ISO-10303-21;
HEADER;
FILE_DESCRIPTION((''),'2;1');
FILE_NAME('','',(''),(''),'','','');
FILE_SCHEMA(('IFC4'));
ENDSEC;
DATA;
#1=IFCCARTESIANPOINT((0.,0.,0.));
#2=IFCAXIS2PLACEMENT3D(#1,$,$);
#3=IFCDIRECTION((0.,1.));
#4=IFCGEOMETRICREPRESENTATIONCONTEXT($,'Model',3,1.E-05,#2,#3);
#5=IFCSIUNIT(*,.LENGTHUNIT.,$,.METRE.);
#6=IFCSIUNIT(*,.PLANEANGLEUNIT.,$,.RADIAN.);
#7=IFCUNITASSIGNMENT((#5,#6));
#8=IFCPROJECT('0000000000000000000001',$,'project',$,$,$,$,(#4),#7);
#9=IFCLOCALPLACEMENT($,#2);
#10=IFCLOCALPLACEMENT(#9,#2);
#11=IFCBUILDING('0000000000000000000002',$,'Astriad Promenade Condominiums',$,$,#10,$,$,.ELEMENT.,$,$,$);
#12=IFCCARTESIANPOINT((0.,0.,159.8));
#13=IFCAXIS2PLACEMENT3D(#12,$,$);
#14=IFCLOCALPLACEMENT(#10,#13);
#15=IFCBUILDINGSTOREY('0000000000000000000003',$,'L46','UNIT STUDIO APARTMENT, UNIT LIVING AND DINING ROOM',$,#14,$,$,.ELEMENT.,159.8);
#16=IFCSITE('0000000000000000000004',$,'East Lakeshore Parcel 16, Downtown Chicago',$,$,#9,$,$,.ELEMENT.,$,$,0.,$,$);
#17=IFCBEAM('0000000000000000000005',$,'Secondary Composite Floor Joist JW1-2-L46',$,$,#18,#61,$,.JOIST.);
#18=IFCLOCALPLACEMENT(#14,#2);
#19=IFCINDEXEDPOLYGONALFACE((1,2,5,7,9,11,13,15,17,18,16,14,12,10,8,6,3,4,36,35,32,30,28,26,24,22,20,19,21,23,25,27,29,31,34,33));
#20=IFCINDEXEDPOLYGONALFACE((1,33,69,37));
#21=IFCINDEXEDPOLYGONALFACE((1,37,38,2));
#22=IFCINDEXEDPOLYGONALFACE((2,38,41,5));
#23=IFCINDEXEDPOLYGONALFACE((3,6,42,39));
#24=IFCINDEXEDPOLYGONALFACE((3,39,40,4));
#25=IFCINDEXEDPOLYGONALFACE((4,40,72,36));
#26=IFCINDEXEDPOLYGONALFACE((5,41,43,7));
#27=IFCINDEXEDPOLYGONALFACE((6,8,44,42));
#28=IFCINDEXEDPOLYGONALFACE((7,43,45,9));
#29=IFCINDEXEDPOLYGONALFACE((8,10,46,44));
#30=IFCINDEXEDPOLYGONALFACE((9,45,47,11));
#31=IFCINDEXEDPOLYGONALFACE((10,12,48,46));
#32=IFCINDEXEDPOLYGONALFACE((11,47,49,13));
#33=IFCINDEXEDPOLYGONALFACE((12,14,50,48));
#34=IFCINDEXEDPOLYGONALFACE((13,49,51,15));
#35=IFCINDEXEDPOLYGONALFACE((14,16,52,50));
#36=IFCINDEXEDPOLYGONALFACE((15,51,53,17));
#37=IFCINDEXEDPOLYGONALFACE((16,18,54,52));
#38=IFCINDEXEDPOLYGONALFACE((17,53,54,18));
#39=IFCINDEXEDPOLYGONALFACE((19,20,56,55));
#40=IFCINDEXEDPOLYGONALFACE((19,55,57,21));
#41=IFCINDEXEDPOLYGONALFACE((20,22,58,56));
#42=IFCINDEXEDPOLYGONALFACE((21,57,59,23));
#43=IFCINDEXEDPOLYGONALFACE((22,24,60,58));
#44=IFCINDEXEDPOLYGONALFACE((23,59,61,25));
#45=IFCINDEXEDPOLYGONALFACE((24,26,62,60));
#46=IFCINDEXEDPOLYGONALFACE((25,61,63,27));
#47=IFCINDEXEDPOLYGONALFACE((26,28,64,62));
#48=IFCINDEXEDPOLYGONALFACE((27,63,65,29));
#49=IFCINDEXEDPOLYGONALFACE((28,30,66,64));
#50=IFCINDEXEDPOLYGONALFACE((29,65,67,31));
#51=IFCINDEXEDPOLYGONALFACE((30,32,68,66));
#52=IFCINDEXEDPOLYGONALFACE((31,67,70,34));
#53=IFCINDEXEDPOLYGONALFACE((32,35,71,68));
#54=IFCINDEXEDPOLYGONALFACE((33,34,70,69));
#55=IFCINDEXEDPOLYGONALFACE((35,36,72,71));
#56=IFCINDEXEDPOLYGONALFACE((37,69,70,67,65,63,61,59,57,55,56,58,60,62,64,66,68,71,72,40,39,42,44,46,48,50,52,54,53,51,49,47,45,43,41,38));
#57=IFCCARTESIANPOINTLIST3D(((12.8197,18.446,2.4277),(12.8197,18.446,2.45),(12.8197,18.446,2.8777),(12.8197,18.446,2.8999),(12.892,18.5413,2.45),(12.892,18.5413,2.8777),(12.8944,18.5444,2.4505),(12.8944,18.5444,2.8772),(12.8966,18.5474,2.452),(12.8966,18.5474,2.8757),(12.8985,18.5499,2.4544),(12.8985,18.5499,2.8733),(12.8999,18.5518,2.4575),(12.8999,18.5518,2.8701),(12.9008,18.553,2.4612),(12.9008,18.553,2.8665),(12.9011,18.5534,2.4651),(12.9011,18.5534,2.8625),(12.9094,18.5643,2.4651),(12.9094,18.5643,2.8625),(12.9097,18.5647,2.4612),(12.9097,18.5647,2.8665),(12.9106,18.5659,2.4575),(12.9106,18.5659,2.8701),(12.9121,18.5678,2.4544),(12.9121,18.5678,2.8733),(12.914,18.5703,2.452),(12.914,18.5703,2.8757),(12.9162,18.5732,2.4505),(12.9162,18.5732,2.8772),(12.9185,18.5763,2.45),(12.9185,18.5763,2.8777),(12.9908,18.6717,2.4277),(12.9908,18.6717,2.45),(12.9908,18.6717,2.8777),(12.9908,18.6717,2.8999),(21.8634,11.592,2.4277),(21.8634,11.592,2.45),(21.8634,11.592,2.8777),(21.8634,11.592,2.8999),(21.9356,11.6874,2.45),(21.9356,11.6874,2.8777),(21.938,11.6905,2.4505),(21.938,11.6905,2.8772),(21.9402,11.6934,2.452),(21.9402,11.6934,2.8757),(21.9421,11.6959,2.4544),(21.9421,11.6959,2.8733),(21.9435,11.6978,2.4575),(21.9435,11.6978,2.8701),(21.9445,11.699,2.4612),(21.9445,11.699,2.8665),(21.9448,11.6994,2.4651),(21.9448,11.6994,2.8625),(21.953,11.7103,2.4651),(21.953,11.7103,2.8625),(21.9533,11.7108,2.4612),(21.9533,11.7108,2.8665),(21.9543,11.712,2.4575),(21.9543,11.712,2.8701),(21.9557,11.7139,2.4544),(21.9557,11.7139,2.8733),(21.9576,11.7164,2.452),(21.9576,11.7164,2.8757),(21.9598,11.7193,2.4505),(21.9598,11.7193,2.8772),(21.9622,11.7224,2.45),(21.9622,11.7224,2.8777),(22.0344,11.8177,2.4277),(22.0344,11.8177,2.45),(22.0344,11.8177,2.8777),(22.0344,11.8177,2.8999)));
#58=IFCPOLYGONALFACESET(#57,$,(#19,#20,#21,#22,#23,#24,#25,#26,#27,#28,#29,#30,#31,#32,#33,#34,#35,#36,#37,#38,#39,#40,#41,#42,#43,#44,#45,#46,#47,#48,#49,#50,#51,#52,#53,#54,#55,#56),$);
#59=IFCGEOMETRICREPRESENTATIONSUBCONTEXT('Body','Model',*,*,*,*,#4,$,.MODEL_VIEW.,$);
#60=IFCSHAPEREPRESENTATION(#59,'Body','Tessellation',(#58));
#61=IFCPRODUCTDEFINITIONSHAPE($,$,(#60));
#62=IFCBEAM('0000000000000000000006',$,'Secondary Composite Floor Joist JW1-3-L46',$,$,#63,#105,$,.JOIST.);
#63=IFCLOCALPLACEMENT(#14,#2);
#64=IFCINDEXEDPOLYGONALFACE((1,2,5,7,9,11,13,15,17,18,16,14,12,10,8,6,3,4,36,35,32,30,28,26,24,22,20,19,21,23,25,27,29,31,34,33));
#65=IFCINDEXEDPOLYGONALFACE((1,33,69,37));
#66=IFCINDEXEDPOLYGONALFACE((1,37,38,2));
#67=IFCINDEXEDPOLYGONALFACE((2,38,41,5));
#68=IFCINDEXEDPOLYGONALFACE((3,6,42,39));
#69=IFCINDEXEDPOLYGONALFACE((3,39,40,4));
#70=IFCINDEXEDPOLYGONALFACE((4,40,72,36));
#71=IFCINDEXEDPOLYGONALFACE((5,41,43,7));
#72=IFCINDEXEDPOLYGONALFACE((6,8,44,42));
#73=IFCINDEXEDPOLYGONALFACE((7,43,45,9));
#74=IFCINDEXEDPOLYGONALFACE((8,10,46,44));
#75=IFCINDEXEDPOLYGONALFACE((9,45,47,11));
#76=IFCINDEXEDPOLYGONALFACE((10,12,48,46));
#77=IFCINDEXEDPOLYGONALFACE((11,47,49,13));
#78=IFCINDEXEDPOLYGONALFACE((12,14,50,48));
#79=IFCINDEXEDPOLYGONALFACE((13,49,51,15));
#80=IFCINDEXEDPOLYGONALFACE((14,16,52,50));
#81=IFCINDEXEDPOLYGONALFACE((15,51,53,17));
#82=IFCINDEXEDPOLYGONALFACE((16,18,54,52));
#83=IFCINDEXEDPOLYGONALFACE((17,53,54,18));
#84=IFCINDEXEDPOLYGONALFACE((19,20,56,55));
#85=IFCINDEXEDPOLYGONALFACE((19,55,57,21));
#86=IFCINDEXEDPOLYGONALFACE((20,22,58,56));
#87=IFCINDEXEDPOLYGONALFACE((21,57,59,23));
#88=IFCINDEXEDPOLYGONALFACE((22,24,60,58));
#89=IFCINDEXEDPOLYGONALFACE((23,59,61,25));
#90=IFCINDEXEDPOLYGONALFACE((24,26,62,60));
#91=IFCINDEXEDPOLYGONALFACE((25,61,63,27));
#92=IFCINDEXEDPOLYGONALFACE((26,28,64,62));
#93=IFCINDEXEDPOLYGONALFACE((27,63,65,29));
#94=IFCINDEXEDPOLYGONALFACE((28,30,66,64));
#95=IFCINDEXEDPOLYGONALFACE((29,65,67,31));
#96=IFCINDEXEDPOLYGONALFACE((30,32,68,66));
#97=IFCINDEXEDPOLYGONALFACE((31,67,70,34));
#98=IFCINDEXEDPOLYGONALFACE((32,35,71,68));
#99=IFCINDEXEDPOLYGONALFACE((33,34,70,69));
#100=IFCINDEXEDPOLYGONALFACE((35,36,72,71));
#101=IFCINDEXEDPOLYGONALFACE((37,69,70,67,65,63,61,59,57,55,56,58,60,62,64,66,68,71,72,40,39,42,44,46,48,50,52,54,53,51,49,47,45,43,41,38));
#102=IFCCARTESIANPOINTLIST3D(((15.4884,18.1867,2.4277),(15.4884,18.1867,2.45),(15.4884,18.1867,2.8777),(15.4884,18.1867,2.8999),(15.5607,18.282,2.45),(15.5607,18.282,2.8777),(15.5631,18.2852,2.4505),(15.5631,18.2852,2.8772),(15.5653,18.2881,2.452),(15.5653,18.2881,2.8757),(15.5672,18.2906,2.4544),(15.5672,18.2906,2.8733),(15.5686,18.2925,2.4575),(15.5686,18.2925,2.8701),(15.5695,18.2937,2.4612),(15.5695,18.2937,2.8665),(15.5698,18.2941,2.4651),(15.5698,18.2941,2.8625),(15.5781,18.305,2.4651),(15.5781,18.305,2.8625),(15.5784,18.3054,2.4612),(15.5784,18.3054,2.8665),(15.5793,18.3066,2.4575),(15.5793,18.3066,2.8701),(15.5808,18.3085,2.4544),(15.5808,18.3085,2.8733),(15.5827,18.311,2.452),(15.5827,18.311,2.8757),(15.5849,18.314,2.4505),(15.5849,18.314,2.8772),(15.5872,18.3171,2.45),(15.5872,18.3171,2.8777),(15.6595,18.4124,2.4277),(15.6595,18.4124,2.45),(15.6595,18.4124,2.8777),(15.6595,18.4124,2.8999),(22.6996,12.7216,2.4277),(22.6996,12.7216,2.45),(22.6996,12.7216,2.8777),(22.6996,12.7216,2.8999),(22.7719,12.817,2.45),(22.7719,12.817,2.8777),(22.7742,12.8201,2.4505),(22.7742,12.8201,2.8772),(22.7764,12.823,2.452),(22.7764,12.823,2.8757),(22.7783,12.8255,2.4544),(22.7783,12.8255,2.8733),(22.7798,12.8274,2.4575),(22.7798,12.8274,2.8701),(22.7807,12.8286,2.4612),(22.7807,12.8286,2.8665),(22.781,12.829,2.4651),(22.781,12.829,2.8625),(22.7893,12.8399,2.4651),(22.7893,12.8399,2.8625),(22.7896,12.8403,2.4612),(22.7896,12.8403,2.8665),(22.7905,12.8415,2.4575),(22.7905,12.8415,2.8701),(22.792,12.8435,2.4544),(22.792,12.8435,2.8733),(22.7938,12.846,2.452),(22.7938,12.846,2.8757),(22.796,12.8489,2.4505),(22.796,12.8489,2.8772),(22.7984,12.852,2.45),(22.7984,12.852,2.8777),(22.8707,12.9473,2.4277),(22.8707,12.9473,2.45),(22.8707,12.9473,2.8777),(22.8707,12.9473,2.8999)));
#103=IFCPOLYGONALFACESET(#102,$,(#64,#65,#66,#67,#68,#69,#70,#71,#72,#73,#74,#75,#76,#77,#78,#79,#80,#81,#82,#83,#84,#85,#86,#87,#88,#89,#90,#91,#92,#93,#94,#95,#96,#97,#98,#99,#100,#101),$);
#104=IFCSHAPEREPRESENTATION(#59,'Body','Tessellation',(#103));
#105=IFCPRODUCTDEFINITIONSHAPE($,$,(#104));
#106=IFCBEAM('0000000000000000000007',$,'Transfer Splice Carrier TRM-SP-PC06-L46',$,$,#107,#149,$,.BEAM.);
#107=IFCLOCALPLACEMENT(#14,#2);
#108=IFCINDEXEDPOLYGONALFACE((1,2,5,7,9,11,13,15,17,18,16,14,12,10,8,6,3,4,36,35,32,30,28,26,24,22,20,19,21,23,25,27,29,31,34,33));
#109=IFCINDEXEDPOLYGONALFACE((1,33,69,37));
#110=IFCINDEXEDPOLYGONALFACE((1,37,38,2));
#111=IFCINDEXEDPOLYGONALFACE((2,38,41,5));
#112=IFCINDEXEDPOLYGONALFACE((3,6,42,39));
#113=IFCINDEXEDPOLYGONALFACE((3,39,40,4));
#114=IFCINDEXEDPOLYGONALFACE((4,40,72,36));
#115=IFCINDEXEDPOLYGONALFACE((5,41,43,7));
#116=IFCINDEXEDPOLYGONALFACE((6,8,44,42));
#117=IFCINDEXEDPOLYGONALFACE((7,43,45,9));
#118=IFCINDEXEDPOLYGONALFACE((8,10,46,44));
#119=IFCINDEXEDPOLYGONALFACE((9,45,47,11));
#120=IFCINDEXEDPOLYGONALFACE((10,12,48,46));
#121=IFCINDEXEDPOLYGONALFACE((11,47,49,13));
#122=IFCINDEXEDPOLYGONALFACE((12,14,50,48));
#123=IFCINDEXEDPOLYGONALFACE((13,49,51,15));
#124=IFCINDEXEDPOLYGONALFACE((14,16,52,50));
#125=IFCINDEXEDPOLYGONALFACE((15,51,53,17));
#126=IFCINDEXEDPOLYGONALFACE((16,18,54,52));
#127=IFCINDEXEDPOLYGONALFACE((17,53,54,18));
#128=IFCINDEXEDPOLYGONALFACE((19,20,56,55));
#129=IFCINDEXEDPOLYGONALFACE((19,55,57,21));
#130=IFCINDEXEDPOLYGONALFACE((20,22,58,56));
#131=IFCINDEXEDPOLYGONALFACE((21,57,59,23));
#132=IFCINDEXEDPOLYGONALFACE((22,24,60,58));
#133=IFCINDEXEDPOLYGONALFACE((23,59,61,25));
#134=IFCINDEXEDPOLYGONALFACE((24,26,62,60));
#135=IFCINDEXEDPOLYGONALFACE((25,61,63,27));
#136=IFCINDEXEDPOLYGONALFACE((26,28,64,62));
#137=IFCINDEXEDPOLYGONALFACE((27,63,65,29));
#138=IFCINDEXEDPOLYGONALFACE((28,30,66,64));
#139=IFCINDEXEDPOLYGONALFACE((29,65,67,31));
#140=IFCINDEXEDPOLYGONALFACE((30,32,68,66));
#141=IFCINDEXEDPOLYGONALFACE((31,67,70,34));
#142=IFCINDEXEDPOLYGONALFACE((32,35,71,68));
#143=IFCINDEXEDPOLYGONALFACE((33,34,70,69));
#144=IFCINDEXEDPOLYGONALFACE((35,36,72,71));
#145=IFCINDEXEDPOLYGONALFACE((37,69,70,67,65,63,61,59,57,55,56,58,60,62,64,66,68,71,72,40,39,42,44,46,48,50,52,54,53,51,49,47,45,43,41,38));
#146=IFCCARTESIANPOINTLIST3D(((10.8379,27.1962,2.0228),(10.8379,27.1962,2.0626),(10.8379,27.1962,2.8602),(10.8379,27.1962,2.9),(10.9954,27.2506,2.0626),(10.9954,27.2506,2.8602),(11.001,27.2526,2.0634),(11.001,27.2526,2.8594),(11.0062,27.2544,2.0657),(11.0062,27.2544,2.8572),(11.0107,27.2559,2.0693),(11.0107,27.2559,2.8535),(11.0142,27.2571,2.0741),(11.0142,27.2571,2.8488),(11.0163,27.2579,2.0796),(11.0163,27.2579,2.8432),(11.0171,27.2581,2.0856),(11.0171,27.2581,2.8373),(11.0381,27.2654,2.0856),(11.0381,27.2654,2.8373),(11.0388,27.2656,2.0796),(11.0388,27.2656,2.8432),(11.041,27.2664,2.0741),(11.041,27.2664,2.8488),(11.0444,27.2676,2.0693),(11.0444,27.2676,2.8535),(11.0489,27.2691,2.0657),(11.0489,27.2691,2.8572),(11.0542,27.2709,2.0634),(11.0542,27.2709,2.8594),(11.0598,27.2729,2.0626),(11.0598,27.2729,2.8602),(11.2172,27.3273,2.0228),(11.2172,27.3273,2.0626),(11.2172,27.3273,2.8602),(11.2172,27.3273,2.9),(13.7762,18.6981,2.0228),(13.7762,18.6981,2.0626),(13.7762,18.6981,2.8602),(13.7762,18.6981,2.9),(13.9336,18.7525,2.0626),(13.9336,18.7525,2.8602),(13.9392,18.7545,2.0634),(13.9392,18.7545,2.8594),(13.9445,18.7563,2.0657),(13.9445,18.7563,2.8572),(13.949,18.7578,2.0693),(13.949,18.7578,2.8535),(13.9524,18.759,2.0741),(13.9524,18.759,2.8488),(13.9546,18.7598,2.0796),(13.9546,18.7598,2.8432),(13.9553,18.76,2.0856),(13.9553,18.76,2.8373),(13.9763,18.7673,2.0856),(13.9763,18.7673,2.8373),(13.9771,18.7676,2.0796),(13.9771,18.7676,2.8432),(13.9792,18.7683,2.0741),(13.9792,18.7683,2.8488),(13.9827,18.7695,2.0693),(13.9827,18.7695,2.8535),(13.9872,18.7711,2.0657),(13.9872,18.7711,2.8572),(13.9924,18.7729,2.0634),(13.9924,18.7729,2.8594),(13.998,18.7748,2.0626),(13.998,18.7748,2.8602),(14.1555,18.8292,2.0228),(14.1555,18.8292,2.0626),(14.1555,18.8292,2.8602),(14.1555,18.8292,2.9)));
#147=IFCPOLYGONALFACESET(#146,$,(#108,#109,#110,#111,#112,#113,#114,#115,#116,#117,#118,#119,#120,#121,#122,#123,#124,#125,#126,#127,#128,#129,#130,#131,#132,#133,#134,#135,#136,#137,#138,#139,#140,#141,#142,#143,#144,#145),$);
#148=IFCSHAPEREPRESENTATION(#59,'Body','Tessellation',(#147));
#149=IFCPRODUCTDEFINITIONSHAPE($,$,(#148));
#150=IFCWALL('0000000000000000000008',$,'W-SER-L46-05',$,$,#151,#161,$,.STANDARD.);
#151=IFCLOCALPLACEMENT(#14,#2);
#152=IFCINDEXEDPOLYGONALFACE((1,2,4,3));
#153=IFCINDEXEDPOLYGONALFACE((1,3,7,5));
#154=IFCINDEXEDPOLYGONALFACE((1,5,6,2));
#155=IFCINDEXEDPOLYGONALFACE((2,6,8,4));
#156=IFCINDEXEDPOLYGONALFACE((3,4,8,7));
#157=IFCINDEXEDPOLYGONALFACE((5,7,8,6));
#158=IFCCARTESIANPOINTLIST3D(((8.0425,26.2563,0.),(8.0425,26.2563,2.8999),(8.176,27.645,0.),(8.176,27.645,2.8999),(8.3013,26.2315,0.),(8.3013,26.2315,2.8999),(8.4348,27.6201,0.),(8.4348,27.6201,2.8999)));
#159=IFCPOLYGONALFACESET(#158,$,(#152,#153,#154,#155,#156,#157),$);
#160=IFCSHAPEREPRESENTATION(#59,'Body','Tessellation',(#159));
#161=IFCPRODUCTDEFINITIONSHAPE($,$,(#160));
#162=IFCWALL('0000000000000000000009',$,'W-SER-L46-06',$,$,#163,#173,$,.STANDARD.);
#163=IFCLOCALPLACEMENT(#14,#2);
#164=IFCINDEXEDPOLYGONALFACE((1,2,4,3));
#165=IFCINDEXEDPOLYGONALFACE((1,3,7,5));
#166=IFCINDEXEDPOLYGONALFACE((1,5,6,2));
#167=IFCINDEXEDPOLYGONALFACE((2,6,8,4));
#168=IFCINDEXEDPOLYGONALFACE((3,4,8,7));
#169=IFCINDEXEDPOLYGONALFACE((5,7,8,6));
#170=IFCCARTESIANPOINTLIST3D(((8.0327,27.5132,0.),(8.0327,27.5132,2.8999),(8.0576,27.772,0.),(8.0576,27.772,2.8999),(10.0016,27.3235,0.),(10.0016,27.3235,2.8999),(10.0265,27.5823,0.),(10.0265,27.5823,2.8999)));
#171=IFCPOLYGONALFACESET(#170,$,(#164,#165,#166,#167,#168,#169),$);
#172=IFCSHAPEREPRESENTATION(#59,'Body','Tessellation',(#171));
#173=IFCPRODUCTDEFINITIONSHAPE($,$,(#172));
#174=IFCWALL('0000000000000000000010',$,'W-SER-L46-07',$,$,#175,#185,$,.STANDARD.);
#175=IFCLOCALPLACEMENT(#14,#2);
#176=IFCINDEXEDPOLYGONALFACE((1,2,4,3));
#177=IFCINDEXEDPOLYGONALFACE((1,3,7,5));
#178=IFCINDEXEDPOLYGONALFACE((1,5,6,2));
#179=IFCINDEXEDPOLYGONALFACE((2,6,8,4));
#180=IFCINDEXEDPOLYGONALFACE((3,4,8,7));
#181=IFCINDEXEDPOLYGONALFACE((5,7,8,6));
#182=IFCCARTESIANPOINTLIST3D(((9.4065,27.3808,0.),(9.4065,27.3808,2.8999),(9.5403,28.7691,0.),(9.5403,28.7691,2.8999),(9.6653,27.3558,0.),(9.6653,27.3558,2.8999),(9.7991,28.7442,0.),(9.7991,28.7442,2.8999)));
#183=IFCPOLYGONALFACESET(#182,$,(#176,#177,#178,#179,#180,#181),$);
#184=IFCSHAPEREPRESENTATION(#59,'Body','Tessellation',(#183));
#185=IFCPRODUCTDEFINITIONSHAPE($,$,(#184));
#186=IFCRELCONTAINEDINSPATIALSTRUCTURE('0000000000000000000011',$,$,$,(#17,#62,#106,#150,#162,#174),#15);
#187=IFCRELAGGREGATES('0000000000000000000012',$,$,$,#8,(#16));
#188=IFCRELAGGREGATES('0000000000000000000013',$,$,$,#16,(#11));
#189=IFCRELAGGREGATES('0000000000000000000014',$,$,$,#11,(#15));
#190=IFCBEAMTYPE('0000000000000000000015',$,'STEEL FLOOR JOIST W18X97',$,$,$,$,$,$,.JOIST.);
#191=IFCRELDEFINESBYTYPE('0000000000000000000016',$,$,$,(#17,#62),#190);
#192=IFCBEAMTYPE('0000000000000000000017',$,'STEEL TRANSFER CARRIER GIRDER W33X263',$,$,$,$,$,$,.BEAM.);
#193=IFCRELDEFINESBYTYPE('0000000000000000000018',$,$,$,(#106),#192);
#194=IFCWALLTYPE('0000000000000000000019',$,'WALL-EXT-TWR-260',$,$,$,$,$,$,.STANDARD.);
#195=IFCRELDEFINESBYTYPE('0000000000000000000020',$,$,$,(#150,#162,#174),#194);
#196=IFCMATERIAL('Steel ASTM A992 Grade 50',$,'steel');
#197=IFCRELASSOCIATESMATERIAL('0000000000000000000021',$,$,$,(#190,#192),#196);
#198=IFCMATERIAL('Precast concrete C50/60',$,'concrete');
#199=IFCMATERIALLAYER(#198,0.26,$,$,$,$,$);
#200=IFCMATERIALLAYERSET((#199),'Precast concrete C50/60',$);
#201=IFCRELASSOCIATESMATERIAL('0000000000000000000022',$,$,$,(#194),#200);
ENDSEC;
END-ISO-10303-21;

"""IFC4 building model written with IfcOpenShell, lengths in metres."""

from ifc_helpers import new_model, si_unit, direction, frame, frame_2d, origin, origin_2d, place, context, subcontext, project, spatial, rectangle, i_section, extrude, source, transform, mapped, material, layer, layer_set, material_profile, profile_set, type_object, type_shapes, element, save


model = new_model("IFC4")

# Units and contexts
model_context = context("Model", 3, precision=1e-05, world=origin(), true_north=direction((0.0, 1.0)))
body_context = subcontext(model_context, "Body", "Model", "MODEL_VIEW")
ifc_project = project(units=[si_unit("LENGTHUNIT", "METRE"), si_unit("PLANEANGLEUNIT", "RADIAN")], contexts=[model_context])

# Site, building, storey
site_placement = place(None, origin())
site = spatial("IfcSite", under=ifc_project, at=site_placement, Name="East Lakeshore Parcel 16, Downtown Chicago", CompositionType="ELEMENT", RefElevation=0.0)
building_placement = place(site_placement, origin())
building = spatial("IfcBuilding", under=site, at=building_placement, Name="Astriad Promenade Condominiums", CompositionType="ELEMENT")
storey_placement = place(building_placement, frame((0.0, 0.0, 159.8)))
storey = spatial("IfcBuildingStorey", under=building, at=storey_placement, Name="L46", Description="UNIT STUDIO APARTMENT, UNIT LIVING AND DINING ROOM", CompositionType="ELEMENT", Elevation=159.8)

# Beams
ifc_material_1 = material(Name="Steel ASTM A992 Grade 50", Category="steel")
ifc_material_profile_1 = material_profile(ifc_material_1, i_section(OverallWidth=0.2832, OverallDepth=0.4722, WebThickness=0.0137, FlangeThickness=0.0222, FilletRadius=0.0151, at=origin_2d()), Name="W18X97")
ifc_profile_set_1 = profile_set([ifc_material_profile_1], Name="Steel ASTM A992 Grade 50")
beam_type_1 = type_object("IfcBeamType", Name="STEEL FLOOR JOIST W18X97", PredefinedType="JOIST", material=ifc_profile_set_1)
shared_shape_1 = source(origin(), body_context, "Body", "SweptSolid", [
    extrude(i_section(OverallWidth=0.2832, OverallDepth=0.4722, WebThickness=0.0137, FlangeThickness=0.0222, FilletRadius=0.0151, at=origin_2d()), origin(), (0.0, 0.0, 1.0), 11.3474),
])
beam_1_placement = place(storey_placement, frame((12.9053, 18.5588, 2.6638), z_axis=(0.796977, -0.60401, 0.0), x_axis=(0.60401, 0.796977, 0.0)))
element("IfcBeam", 1, at=beam_1_placement, inside=storey, type_object=beam_type_1, Name="Secondary Composite Floor Joist JW1-2-L46", PredefinedType="JOIST", context=body_context, shape_type="MappedRepresentation", body=[
    mapped(shared_shape_1, transform((0.0, 0.0, 0.0), scale=1.0)),
])
shared_shape_2 = source(origin(), body_context, "Body", "SweptSolid", [
    extrude(i_section(OverallWidth=0.2832, OverallDepth=0.4722, WebThickness=0.0137, FlangeThickness=0.0222, FilletRadius=0.0151, at=origin_2d()), origin(), (0.0, 0.0, 1.0), 9.0481),
])
beam_2_placement = place(storey_placement, frame((15.574, 18.2996, 2.6638), z_axis=(0.796982, -0.604003, 0.0), x_axis=(0.604003, 0.796982, 0.0)))
element("IfcBeam", 2, at=beam_2_placement, inside=storey, type_object=beam_type_1, Name="Secondary Composite Floor Joist JW1-3-L46", PredefinedType="JOIST", context=body_context, shape_type="MappedRepresentation", body=[
    mapped(shared_shape_2, transform((0.0, 0.0, 0.0), scale=1.0)),
])
ifc_material_profile_2 = material_profile(ifc_material_1, i_section(OverallWidth=0.4014, OverallDepth=0.8772, WebThickness=0.0222, FlangeThickness=0.0398, FilletRadius=0.0229, at=origin_2d()), Name="W33X263")
ifc_profile_set_2 = profile_set([ifc_material_profile_2], Name="Steel ASTM A992 Grade 50")
beam_type_2 = type_object("IfcBeamType", Name="STEEL TRANSFER CARRIER GIRDER W33X263", PredefinedType="BEAM", material=ifc_profile_set_2)
shared_shape_3 = source(origin(), body_context, "Body", "SweptSolid", [
    extrude(i_section(OverallWidth=0.4014, OverallDepth=0.8772, WebThickness=0.0222, FlangeThickness=0.0398, FilletRadius=0.0229, at=origin_2d()), origin(), (0.0, 0.0, 1.0), 8.9917),
])
type_shapes(beam_type_2, [shared_shape_3])
beam_3_placement = place(storey_placement, frame((13.9658, 18.7637, 2.4614), z_axis=(-0.326773, 0.945103, 0.0), x_axis=(-0.945103, -0.326773, 0.0)))
element("IfcBeam", 3, at=beam_3_placement, inside=storey, type_object=beam_type_2, Name="Transfer Splice Carrier TRM-SP-PC06-L46", PredefinedType="BEAM", context=body_context, shape_type="MappedRepresentation", body=[
    mapped(shared_shape_3, transform((0.0, 0.0, 0.0), scale=1.0)),
])

# Walls
ifc_material_2 = material(Name="Precast concrete C50/60", Category="concrete")
ifc_layer_1 = layer(ifc_material_2, 0.26)
ifc_layer_set_1 = layer_set([ifc_layer_1], Name="Precast concrete C50/60")
wall_type_1 = type_object("IfcWallType", Name="WALL-EXT-TWR-260", PredefinedType="STANDARD", material=ifc_layer_set_1)
wall_1_placement = place(storey_placement, frame((8.1719, 26.2439, 0.0), z_axis=(0.0, 0.0, 1.0), x_axis=(0.095726, 0.995408, 0.0)))
element("IfcWall", 4, at=wall_1_placement, inside=storey, type_object=wall_type_1, Name="W-SER-L46-05", PredefinedType="STANDARD", context=body_context, shape_type="SweptSolid", body=[
    extrude(rectangle(XDim=1.395, YDim=0.26, at=frame_2d((0.6975, 0.0))), origin(), (0.0, 0.0, 1.0), 2.8999),
])
wall_2_placement = place(storey_placement, frame((8.0452, 27.6426, 0.0), z_axis=(0.0, 0.0, 1.0), x_axis=(0.995391, -0.095898, 0.0)))
element("IfcWall", 5, at=wall_2_placement, inside=storey, type_object=wall_type_1, Name="W-SER-L46-06", PredefinedType="STANDARD", context=body_context, shape_type="SweptSolid", body=[
    extrude(rectangle(XDim=1.978, YDim=0.26, at=frame_2d((0.989, 0.0))), origin(), (0.0, 0.0, 1.0), 2.8999),
])
wall_3_placement = place(storey_placement, frame((9.5359, 27.3684, 0.0), z_axis=(0.0, 0.0, 1.0), x_axis=(0.095916, 0.995389, 0.0)))
element("IfcWall", 6, at=wall_3_placement, inside=storey, type_object=wall_type_1, Name="W-SER-L46-07", PredefinedType="STANDARD", context=body_context, shape_type="SweptSolid", body=[
    extrude(rectangle(XDim=1.3948, YDim=0.26, at=frame_2d((0.6973, 0.0))), origin(), (0.0, 0.0, 1.0), 2.8999),
])

save(model, "model.ifc")
